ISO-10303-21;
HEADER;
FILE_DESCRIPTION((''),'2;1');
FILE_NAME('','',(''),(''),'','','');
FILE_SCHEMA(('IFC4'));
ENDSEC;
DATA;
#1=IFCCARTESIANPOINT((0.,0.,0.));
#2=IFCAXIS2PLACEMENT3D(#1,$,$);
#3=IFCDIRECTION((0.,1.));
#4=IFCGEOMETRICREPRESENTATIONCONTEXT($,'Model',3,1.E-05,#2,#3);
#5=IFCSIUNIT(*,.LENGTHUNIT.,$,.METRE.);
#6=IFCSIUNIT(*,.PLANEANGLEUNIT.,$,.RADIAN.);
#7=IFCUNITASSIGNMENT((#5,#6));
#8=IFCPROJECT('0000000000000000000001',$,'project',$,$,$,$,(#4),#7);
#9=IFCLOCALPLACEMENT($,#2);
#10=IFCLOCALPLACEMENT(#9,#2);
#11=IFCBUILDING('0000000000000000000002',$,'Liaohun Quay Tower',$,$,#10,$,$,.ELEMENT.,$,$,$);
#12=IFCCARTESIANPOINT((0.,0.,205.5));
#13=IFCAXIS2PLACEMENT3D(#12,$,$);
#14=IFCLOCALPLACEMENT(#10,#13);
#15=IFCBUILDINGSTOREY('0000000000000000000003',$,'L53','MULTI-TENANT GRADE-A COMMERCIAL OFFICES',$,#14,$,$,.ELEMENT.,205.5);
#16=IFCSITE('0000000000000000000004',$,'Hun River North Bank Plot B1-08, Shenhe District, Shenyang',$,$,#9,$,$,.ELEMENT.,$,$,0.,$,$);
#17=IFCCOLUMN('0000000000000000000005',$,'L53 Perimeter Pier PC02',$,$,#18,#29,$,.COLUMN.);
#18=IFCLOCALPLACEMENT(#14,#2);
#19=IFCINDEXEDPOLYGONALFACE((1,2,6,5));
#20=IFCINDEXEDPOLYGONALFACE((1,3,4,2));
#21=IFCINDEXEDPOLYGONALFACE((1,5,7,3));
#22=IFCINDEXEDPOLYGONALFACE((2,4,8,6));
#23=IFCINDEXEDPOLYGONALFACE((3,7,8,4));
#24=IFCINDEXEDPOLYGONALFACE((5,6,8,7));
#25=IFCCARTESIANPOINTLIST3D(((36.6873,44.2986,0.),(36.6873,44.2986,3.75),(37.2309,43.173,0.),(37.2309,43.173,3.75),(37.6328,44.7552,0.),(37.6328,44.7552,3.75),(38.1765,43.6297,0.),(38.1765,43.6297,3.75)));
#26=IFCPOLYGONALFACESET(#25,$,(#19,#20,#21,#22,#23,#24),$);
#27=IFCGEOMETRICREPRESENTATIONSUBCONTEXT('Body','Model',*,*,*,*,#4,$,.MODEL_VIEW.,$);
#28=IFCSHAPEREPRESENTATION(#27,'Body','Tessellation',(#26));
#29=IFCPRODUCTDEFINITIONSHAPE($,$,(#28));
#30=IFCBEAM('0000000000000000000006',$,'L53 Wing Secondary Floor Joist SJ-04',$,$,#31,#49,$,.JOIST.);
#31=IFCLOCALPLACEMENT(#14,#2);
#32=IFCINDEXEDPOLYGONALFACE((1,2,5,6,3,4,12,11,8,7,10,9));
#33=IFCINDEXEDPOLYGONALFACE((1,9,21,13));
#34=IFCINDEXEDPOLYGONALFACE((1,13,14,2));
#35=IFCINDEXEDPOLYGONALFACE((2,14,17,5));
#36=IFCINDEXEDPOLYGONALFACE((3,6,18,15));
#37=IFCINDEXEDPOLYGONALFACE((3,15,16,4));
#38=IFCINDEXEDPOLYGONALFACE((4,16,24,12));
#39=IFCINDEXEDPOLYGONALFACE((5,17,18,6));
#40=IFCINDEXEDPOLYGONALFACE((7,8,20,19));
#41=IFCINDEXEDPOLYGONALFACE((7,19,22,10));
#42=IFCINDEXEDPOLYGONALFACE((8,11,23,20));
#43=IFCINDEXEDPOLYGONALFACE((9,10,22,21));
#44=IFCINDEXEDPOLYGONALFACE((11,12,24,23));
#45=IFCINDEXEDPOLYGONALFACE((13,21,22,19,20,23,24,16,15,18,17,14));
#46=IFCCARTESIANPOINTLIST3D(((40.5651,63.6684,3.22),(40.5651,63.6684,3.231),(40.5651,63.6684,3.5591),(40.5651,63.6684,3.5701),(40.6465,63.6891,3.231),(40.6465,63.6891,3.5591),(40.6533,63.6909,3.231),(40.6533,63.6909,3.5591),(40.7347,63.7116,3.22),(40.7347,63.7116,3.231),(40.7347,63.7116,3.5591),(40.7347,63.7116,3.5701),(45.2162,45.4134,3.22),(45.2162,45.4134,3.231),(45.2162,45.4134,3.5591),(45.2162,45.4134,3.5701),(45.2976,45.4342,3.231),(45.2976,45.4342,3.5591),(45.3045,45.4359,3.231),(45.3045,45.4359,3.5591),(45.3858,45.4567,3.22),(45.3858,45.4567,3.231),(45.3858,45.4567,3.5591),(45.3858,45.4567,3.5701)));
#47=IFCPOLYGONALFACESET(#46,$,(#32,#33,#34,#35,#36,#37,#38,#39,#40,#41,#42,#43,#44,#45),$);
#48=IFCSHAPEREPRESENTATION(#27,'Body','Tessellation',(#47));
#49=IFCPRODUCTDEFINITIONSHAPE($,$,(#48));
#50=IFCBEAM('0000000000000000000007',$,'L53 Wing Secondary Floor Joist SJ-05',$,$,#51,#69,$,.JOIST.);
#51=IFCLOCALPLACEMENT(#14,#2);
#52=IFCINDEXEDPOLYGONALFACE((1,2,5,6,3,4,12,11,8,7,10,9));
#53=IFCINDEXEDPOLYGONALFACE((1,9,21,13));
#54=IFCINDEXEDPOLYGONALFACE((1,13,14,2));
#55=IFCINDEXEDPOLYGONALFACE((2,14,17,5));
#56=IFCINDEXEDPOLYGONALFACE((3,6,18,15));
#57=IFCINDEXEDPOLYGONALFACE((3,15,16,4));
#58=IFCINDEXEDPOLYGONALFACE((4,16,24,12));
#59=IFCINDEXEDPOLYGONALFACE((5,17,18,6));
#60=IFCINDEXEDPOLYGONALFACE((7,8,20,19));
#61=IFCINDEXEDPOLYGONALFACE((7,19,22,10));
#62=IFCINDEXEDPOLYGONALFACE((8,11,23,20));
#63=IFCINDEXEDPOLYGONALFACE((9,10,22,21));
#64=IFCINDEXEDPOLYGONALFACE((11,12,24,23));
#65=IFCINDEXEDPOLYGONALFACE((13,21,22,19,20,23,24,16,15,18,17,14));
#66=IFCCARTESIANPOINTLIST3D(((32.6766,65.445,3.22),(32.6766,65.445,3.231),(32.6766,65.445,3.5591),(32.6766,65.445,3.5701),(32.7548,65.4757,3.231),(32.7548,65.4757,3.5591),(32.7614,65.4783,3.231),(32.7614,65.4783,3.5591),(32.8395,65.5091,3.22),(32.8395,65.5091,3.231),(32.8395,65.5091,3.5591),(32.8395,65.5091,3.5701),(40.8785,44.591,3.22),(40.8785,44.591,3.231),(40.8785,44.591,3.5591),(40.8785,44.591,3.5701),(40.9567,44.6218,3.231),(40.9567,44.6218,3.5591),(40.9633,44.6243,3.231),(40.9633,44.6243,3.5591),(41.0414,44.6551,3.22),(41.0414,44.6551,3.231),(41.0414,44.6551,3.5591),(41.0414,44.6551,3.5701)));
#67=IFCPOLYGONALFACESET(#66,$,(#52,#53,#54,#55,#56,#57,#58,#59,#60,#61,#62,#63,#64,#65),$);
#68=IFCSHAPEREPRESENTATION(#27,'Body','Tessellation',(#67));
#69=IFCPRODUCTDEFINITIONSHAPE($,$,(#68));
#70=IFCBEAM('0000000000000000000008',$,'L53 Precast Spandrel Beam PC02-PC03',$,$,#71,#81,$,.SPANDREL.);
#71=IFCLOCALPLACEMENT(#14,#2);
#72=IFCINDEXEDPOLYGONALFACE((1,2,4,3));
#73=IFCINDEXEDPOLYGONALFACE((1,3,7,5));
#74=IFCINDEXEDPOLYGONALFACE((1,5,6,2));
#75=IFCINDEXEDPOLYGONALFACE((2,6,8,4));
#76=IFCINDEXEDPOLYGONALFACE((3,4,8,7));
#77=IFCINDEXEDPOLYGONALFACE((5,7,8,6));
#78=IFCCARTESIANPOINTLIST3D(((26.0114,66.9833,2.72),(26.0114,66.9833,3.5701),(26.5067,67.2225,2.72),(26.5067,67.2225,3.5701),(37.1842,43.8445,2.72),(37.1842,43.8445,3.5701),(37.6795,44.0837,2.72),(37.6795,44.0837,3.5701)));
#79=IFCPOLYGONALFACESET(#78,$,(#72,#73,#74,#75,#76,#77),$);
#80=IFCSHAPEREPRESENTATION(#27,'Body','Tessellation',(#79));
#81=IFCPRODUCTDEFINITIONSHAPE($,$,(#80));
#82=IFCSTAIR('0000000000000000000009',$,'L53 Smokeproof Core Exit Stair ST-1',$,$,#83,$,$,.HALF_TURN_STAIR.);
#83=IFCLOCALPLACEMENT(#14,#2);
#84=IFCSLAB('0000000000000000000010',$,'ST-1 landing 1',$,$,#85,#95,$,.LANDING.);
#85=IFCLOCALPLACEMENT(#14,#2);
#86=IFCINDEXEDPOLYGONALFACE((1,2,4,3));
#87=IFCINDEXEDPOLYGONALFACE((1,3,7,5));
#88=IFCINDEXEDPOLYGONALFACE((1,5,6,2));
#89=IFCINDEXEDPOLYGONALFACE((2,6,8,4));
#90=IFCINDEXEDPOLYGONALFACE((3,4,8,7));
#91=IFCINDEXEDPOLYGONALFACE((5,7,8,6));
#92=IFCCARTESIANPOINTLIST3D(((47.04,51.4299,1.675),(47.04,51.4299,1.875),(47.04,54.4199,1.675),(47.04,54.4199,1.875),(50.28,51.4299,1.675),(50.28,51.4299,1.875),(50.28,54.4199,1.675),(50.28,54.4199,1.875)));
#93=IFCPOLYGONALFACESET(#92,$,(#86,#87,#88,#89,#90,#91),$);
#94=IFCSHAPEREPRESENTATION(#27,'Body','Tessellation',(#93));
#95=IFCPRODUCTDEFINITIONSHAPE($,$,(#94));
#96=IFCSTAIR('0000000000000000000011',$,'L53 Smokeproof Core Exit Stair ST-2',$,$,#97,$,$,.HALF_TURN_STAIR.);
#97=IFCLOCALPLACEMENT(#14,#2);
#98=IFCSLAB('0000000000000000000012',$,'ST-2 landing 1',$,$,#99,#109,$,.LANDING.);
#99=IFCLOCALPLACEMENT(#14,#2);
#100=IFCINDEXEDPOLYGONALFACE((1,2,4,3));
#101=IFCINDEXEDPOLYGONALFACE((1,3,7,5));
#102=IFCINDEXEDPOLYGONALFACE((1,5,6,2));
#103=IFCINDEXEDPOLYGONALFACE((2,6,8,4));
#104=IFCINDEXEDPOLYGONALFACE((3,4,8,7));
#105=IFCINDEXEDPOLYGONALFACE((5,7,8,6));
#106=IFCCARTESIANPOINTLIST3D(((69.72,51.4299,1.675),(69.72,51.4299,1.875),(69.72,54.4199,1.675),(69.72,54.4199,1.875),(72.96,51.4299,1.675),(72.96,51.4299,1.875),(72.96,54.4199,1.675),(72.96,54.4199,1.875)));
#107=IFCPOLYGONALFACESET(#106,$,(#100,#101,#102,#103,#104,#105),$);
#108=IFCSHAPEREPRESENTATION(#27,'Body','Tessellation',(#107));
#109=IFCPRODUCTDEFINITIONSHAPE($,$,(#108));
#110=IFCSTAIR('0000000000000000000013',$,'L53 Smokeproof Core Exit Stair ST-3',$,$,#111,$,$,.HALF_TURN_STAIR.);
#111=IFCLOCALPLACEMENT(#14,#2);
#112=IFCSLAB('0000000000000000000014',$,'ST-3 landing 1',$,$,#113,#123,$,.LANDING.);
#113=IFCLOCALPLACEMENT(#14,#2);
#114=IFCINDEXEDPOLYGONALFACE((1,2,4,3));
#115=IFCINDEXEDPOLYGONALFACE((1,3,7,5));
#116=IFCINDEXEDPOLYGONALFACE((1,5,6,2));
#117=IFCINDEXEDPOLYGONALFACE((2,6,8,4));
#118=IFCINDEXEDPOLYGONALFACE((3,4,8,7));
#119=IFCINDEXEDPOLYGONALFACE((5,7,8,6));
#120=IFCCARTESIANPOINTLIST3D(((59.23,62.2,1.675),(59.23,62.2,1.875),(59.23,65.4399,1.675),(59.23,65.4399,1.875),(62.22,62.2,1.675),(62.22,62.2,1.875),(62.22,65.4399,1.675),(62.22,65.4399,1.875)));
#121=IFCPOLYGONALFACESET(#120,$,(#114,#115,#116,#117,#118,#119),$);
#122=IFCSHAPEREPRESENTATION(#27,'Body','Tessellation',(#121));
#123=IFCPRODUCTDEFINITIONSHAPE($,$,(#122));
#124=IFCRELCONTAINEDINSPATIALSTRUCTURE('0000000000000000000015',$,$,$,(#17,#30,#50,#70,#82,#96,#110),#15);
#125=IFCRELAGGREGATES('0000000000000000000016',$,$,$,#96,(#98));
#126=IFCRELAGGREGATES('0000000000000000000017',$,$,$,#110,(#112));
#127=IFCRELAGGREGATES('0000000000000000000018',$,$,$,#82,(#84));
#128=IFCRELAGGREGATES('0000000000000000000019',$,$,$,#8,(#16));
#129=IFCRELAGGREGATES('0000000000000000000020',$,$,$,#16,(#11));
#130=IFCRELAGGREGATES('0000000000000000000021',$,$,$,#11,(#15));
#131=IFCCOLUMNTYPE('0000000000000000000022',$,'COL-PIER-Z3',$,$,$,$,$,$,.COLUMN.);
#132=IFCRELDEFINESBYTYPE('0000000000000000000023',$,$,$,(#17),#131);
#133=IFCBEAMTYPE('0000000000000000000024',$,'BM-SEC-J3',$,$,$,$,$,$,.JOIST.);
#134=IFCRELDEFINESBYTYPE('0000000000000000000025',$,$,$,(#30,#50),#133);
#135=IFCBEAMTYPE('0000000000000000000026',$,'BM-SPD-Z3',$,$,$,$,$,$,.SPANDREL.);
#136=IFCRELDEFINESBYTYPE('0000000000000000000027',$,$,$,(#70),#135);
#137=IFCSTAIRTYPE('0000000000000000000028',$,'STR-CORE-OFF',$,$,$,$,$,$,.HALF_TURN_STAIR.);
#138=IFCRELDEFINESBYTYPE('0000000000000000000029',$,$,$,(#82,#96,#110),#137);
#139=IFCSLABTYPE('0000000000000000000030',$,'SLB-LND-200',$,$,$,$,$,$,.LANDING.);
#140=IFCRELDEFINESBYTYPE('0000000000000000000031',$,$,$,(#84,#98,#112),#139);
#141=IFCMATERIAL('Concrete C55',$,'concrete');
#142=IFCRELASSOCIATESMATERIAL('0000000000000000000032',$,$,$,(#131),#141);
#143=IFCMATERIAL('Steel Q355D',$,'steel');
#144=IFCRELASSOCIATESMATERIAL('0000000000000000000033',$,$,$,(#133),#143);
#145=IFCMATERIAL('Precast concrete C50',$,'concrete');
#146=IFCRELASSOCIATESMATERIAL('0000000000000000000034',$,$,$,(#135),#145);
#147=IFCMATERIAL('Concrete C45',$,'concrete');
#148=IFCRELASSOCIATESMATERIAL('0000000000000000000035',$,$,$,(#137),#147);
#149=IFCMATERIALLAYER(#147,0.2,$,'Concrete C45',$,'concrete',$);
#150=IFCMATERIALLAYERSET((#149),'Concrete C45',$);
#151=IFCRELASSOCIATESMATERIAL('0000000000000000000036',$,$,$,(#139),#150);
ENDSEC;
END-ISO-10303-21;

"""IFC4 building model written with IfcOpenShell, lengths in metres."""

from ifc_helpers import new_model, si_unit, direction, frame, origin, origin_2d, place, context, subcontext, project, spatial, polyline, rectangle, i_section, outline, extrude, source, transform, mapped, material, layer, layer_set, material_profile, profile_set, type_object, element, aggregate, save


model = new_model("IFC4")

# Units and contexts
model_context = context("Model", 3, precision=1e-05, world=origin(), true_north=direction((0.0, 1.0)))
body_context = subcontext(model_context, "Body", "Model", "MODEL_VIEW")
ifc_project = project(units=[si_unit("LENGTHUNIT", "METRE"), si_unit("PLANEANGLEUNIT", "RADIAN")], contexts=[model_context])

# Site, building, storey
site_placement = place(None, origin())
site = spatial("IfcSite", under=ifc_project, at=site_placement, Name="Hun River North Bank Plot B1-08, Shenhe District, Shenyang", CompositionType="ELEMENT", RefElevation=0.0)
building_placement = place(site_placement, origin())
building = spatial("IfcBuilding", under=site, at=building_placement, Name="Liaohun Quay Tower", CompositionType="ELEMENT")
storey_placement = place(building_placement, frame((0.0, 0.0, 205.5)))
storey = spatial("IfcBuildingStorey", under=building, at=storey_placement, Name="L53", Description="MULTI-TENANT GRADE-A COMMERCIAL OFFICES", CompositionType="ELEMENT", Elevation=205.5)

# Column
ifc_material_1 = material(Name="Concrete C55", Category="concrete")
ifc_material_profile_1 = material_profile(ifc_material_1, rectangle(XDim=1.25, YDim=1.05, at=origin_2d()), Name="RC1250x1050")
ifc_profile_set_1 = profile_set([ifc_material_profile_1], Name="Concrete C55")
column_type = type_object("IfcColumnType", Name="COL-PIER-Z3", PredefinedType="COLUMN", material=ifc_profile_set_1)
shared_shape_1 = source(origin(), body_context, "Body", "SweptSolid", [
    extrude(rectangle(XDim=1.25, YDim=1.05, at=origin_2d()), origin(), (0.0, 0.0, 1.0), 3.75),
])
column_placement = place(storey_placement, frame((37.4319, 43.9641, 0.0), z_axis=(0.0, 0.0, 1.0), x_axis=(-0.434917, 0.900471, 0.0)))
element("IfcColumn", 1, at=column_placement, inside=storey, type_object=column_type, Name="L53 Perimeter Pier PC02", PredefinedType="COLUMN", context=body_context, shape_type="MappedRepresentation", body=[
    mapped(shared_shape_1, transform((0.0, 0.0, 0.0), x_axis=(1.0, 0.0, 0.0), y_axis=(0.0, 1.0, 0.0), z_axis=(0.0, 0.0, 1.0), scale=1.0)),
])

# Beams
ifc_material_2 = material(Name="Steel Q355D", Category="steel")
ifc_material_profile_2 = material_profile(ifc_material_2, i_section(OverallWidth=0.175, OverallDepth=0.3501, WebThickness=0.0071, FlangeThickness=0.011, at=origin_2d()), Name="HN350x175x7x11")
ifc_profile_set_2 = profile_set([ifc_material_profile_2], Name="Steel Q355D")
beam_type_1 = type_object("IfcBeamType", Name="BM-SEC-J3", PredefinedType="JOIST", material=ifc_profile_set_2)
shared_shape_2 = source(origin(), body_context, "Body", "SweptSolid", [
    extrude(i_section(OverallWidth=0.175, OverallDepth=0.3501, WebThickness=0.0071, FlangeThickness=0.011, at=origin_2d()), origin(), (0.0, 0.0, 1.0), 18.8381),
])
beam_1_placement = place(storey_placement, frame((45.301, 45.4351, 3.395), z_axis=(-0.2469, 0.969041, 0.0), x_axis=(-0.969041, -0.2469, 0.0)))
element("IfcBeam", 2, at=beam_1_placement, inside=storey, type_object=beam_type_1, Name="L53 Wing Secondary Floor Joist SJ-04", PredefinedType="JOIST", context=body_context, shape_type="MappedRepresentation", body=[
    mapped(shared_shape_2, transform((0.0, 0.0, 0.0), x_axis=(1.0, 0.0, 0.0), y_axis=(0.0, 1.0, 0.0), z_axis=(0.0, 0.0, 1.0), scale=1.0)),
])
shared_shape_3 = source(origin(), body_context, "Body", "SweptSolid", [
    extrude(i_section(OverallWidth=0.175, OverallDepth=0.3501, WebThickness=0.0071, FlangeThickness=0.011, at=origin_2d()), origin(), (0.0, 0.0, 1.0), 22.4089),
])
beam_2_placement = place(storey_placement, frame((40.96, 44.623, 3.395), z_axis=(-0.36601, 0.930611, 0.0), x_axis=(-0.930611, -0.36601, 0.0)))
element("IfcBeam", 3, at=beam_2_placement, inside=storey, type_object=beam_type_1, Name="L53 Wing Secondary Floor Joist SJ-05", PredefinedType="JOIST", context=body_context, shape_type="MappedRepresentation", body=[
    mapped(shared_shape_3, transform((0.0, 0.0, 0.0), x_axis=(1.0, 0.0, 0.0), y_axis=(0.0, 1.0, 0.0), z_axis=(0.0, 0.0, 1.0), scale=1.0)),
])
ifc_material_3 = material(Name="Precast concrete C50", Category="concrete")
ifc_material_profile_3 = material_profile(ifc_material_3, rectangle(XDim=0.55, YDim=0.8501, at=origin_2d()), Name="RC550x850")
ifc_profile_set_3 = profile_set([ifc_material_profile_3], Name="Precast concrete C50")
beam_type_2 = type_object("IfcBeamType", Name="BM-SPD-Z3", PredefinedType="SPANDREL", material=ifc_profile_set_3)
shared_shape_4 = source(origin(), body_context, "Body", "SweptSolid", [
    extrude(rectangle(XDim=0.55, YDim=0.8501, at=origin_2d()), origin(), (0.0, 0.0, 1.0), 25.6951),
])
beam_3_placement = place(storey_placement, frame((37.4319, 43.9641, 3.145), z_axis=(-0.434823, 0.900516, 0.0), x_axis=(-0.900516, -0.434823, 0.0)))
element("IfcBeam", 4, at=beam_3_placement, inside=storey, type_object=beam_type_2, Name="L53 Precast Spandrel Beam PC02-PC03", PredefinedType="SPANDREL", context=body_context, shape_type="MappedRepresentation", body=[
    mapped(shared_shape_4, transform((0.0, 0.0, 0.0), x_axis=(1.0, 0.0, 0.0), y_axis=(0.0, 1.0, 0.0), z_axis=(0.0, 0.0, 1.0), scale=1.0)),
])

# Stairs, slabs
ifc_material_4 = material(Name="Concrete C45", Category="concrete")
stair_type = type_object("IfcStairType", Name="STR-CORE-OFF", PredefinedType="HALF_TURN_STAIR", material=ifc_material_4)
stair_1_placement = place(storey_placement, origin())
stair_1 = element("IfcStair", 5, at=stair_1_placement, inside=storey, type_object=stair_type, Name="L53 Smokeproof Core Exit Stair ST-1", PredefinedType="HALF_TURN_STAIR")
ifc_layer_1 = layer(ifc_material_4, 0.2, Name="Concrete C45", Category="concrete")
ifc_layer_set_1 = layer_set([ifc_layer_1], Name="Concrete C45")
slab_type_1 = type_object("IfcSlabType", Name="SLB-LND-200", PredefinedType="LANDING", material=ifc_layer_set_1)
slab_1_placement = place(storey_placement, frame((0.0, 0.0, 1.675)))
slab_1 = element("IfcSlab", 6, at=slab_1_placement, type_object=slab_type_1, Name="ST-1 landing 1", PredefinedType="LANDING", context=body_context, shape_type="SweptSolid", body=[
    extrude(outline(polyline([(50.28, 51.4299), (50.28, 54.4199), (47.04, 54.4199), (47.04, 51.4299), (50.28, 51.4299)])), origin(), (0.0, 0.0, 1.0), 0.2),
])
stair_2_placement = place(storey_placement, origin())
stair_2 = element("IfcStair", 7, at=stair_2_placement, inside=storey, type_object=stair_type, Name="L53 Smokeproof Core Exit Stair ST-2", PredefinedType="HALF_TURN_STAIR")
slab_2_placement = place(storey_placement, frame((0.0, 0.0, 1.675)))
slab_2 = element("IfcSlab", 8, at=slab_2_placement, type_object=slab_type_1, Name="ST-2 landing 1", PredefinedType="LANDING", context=body_context, shape_type="SweptSolid", body=[
    extrude(outline(polyline([(72.96, 51.4299), (72.96, 54.4199), (69.72, 54.4199), (69.72, 51.4299), (72.96, 51.4299)])), origin(), (0.0, 0.0, 1.0), 0.2),
])
aggregate(stair_2, [slab_2])
stair_3_placement = place(storey_placement, origin())
stair_3 = element("IfcStair", 9, at=stair_3_placement, inside=storey, type_object=stair_type, Name="L53 Smokeproof Core Exit Stair ST-3", PredefinedType="HALF_TURN_STAIR")
slab_3_placement = place(storey_placement, frame((0.0, 0.0, 1.675)))
slab_3 = element("IfcSlab", 10, at=slab_3_placement, type_object=slab_type_1, Name="ST-3 landing 1", PredefinedType="LANDING", context=body_context, shape_type="SweptSolid", body=[
    extrude(outline(polyline([(59.23, 62.2), (62.22, 62.2), (62.22, 65.4399), (59.23, 65.4399), (59.23, 62.2)])), origin(), (0.0, 0.0, 1.0), 0.2),
])
aggregate(stair_3, [slab_3])

aggregate(stair_1, [slab_1])

save(model, "model.ifc")
